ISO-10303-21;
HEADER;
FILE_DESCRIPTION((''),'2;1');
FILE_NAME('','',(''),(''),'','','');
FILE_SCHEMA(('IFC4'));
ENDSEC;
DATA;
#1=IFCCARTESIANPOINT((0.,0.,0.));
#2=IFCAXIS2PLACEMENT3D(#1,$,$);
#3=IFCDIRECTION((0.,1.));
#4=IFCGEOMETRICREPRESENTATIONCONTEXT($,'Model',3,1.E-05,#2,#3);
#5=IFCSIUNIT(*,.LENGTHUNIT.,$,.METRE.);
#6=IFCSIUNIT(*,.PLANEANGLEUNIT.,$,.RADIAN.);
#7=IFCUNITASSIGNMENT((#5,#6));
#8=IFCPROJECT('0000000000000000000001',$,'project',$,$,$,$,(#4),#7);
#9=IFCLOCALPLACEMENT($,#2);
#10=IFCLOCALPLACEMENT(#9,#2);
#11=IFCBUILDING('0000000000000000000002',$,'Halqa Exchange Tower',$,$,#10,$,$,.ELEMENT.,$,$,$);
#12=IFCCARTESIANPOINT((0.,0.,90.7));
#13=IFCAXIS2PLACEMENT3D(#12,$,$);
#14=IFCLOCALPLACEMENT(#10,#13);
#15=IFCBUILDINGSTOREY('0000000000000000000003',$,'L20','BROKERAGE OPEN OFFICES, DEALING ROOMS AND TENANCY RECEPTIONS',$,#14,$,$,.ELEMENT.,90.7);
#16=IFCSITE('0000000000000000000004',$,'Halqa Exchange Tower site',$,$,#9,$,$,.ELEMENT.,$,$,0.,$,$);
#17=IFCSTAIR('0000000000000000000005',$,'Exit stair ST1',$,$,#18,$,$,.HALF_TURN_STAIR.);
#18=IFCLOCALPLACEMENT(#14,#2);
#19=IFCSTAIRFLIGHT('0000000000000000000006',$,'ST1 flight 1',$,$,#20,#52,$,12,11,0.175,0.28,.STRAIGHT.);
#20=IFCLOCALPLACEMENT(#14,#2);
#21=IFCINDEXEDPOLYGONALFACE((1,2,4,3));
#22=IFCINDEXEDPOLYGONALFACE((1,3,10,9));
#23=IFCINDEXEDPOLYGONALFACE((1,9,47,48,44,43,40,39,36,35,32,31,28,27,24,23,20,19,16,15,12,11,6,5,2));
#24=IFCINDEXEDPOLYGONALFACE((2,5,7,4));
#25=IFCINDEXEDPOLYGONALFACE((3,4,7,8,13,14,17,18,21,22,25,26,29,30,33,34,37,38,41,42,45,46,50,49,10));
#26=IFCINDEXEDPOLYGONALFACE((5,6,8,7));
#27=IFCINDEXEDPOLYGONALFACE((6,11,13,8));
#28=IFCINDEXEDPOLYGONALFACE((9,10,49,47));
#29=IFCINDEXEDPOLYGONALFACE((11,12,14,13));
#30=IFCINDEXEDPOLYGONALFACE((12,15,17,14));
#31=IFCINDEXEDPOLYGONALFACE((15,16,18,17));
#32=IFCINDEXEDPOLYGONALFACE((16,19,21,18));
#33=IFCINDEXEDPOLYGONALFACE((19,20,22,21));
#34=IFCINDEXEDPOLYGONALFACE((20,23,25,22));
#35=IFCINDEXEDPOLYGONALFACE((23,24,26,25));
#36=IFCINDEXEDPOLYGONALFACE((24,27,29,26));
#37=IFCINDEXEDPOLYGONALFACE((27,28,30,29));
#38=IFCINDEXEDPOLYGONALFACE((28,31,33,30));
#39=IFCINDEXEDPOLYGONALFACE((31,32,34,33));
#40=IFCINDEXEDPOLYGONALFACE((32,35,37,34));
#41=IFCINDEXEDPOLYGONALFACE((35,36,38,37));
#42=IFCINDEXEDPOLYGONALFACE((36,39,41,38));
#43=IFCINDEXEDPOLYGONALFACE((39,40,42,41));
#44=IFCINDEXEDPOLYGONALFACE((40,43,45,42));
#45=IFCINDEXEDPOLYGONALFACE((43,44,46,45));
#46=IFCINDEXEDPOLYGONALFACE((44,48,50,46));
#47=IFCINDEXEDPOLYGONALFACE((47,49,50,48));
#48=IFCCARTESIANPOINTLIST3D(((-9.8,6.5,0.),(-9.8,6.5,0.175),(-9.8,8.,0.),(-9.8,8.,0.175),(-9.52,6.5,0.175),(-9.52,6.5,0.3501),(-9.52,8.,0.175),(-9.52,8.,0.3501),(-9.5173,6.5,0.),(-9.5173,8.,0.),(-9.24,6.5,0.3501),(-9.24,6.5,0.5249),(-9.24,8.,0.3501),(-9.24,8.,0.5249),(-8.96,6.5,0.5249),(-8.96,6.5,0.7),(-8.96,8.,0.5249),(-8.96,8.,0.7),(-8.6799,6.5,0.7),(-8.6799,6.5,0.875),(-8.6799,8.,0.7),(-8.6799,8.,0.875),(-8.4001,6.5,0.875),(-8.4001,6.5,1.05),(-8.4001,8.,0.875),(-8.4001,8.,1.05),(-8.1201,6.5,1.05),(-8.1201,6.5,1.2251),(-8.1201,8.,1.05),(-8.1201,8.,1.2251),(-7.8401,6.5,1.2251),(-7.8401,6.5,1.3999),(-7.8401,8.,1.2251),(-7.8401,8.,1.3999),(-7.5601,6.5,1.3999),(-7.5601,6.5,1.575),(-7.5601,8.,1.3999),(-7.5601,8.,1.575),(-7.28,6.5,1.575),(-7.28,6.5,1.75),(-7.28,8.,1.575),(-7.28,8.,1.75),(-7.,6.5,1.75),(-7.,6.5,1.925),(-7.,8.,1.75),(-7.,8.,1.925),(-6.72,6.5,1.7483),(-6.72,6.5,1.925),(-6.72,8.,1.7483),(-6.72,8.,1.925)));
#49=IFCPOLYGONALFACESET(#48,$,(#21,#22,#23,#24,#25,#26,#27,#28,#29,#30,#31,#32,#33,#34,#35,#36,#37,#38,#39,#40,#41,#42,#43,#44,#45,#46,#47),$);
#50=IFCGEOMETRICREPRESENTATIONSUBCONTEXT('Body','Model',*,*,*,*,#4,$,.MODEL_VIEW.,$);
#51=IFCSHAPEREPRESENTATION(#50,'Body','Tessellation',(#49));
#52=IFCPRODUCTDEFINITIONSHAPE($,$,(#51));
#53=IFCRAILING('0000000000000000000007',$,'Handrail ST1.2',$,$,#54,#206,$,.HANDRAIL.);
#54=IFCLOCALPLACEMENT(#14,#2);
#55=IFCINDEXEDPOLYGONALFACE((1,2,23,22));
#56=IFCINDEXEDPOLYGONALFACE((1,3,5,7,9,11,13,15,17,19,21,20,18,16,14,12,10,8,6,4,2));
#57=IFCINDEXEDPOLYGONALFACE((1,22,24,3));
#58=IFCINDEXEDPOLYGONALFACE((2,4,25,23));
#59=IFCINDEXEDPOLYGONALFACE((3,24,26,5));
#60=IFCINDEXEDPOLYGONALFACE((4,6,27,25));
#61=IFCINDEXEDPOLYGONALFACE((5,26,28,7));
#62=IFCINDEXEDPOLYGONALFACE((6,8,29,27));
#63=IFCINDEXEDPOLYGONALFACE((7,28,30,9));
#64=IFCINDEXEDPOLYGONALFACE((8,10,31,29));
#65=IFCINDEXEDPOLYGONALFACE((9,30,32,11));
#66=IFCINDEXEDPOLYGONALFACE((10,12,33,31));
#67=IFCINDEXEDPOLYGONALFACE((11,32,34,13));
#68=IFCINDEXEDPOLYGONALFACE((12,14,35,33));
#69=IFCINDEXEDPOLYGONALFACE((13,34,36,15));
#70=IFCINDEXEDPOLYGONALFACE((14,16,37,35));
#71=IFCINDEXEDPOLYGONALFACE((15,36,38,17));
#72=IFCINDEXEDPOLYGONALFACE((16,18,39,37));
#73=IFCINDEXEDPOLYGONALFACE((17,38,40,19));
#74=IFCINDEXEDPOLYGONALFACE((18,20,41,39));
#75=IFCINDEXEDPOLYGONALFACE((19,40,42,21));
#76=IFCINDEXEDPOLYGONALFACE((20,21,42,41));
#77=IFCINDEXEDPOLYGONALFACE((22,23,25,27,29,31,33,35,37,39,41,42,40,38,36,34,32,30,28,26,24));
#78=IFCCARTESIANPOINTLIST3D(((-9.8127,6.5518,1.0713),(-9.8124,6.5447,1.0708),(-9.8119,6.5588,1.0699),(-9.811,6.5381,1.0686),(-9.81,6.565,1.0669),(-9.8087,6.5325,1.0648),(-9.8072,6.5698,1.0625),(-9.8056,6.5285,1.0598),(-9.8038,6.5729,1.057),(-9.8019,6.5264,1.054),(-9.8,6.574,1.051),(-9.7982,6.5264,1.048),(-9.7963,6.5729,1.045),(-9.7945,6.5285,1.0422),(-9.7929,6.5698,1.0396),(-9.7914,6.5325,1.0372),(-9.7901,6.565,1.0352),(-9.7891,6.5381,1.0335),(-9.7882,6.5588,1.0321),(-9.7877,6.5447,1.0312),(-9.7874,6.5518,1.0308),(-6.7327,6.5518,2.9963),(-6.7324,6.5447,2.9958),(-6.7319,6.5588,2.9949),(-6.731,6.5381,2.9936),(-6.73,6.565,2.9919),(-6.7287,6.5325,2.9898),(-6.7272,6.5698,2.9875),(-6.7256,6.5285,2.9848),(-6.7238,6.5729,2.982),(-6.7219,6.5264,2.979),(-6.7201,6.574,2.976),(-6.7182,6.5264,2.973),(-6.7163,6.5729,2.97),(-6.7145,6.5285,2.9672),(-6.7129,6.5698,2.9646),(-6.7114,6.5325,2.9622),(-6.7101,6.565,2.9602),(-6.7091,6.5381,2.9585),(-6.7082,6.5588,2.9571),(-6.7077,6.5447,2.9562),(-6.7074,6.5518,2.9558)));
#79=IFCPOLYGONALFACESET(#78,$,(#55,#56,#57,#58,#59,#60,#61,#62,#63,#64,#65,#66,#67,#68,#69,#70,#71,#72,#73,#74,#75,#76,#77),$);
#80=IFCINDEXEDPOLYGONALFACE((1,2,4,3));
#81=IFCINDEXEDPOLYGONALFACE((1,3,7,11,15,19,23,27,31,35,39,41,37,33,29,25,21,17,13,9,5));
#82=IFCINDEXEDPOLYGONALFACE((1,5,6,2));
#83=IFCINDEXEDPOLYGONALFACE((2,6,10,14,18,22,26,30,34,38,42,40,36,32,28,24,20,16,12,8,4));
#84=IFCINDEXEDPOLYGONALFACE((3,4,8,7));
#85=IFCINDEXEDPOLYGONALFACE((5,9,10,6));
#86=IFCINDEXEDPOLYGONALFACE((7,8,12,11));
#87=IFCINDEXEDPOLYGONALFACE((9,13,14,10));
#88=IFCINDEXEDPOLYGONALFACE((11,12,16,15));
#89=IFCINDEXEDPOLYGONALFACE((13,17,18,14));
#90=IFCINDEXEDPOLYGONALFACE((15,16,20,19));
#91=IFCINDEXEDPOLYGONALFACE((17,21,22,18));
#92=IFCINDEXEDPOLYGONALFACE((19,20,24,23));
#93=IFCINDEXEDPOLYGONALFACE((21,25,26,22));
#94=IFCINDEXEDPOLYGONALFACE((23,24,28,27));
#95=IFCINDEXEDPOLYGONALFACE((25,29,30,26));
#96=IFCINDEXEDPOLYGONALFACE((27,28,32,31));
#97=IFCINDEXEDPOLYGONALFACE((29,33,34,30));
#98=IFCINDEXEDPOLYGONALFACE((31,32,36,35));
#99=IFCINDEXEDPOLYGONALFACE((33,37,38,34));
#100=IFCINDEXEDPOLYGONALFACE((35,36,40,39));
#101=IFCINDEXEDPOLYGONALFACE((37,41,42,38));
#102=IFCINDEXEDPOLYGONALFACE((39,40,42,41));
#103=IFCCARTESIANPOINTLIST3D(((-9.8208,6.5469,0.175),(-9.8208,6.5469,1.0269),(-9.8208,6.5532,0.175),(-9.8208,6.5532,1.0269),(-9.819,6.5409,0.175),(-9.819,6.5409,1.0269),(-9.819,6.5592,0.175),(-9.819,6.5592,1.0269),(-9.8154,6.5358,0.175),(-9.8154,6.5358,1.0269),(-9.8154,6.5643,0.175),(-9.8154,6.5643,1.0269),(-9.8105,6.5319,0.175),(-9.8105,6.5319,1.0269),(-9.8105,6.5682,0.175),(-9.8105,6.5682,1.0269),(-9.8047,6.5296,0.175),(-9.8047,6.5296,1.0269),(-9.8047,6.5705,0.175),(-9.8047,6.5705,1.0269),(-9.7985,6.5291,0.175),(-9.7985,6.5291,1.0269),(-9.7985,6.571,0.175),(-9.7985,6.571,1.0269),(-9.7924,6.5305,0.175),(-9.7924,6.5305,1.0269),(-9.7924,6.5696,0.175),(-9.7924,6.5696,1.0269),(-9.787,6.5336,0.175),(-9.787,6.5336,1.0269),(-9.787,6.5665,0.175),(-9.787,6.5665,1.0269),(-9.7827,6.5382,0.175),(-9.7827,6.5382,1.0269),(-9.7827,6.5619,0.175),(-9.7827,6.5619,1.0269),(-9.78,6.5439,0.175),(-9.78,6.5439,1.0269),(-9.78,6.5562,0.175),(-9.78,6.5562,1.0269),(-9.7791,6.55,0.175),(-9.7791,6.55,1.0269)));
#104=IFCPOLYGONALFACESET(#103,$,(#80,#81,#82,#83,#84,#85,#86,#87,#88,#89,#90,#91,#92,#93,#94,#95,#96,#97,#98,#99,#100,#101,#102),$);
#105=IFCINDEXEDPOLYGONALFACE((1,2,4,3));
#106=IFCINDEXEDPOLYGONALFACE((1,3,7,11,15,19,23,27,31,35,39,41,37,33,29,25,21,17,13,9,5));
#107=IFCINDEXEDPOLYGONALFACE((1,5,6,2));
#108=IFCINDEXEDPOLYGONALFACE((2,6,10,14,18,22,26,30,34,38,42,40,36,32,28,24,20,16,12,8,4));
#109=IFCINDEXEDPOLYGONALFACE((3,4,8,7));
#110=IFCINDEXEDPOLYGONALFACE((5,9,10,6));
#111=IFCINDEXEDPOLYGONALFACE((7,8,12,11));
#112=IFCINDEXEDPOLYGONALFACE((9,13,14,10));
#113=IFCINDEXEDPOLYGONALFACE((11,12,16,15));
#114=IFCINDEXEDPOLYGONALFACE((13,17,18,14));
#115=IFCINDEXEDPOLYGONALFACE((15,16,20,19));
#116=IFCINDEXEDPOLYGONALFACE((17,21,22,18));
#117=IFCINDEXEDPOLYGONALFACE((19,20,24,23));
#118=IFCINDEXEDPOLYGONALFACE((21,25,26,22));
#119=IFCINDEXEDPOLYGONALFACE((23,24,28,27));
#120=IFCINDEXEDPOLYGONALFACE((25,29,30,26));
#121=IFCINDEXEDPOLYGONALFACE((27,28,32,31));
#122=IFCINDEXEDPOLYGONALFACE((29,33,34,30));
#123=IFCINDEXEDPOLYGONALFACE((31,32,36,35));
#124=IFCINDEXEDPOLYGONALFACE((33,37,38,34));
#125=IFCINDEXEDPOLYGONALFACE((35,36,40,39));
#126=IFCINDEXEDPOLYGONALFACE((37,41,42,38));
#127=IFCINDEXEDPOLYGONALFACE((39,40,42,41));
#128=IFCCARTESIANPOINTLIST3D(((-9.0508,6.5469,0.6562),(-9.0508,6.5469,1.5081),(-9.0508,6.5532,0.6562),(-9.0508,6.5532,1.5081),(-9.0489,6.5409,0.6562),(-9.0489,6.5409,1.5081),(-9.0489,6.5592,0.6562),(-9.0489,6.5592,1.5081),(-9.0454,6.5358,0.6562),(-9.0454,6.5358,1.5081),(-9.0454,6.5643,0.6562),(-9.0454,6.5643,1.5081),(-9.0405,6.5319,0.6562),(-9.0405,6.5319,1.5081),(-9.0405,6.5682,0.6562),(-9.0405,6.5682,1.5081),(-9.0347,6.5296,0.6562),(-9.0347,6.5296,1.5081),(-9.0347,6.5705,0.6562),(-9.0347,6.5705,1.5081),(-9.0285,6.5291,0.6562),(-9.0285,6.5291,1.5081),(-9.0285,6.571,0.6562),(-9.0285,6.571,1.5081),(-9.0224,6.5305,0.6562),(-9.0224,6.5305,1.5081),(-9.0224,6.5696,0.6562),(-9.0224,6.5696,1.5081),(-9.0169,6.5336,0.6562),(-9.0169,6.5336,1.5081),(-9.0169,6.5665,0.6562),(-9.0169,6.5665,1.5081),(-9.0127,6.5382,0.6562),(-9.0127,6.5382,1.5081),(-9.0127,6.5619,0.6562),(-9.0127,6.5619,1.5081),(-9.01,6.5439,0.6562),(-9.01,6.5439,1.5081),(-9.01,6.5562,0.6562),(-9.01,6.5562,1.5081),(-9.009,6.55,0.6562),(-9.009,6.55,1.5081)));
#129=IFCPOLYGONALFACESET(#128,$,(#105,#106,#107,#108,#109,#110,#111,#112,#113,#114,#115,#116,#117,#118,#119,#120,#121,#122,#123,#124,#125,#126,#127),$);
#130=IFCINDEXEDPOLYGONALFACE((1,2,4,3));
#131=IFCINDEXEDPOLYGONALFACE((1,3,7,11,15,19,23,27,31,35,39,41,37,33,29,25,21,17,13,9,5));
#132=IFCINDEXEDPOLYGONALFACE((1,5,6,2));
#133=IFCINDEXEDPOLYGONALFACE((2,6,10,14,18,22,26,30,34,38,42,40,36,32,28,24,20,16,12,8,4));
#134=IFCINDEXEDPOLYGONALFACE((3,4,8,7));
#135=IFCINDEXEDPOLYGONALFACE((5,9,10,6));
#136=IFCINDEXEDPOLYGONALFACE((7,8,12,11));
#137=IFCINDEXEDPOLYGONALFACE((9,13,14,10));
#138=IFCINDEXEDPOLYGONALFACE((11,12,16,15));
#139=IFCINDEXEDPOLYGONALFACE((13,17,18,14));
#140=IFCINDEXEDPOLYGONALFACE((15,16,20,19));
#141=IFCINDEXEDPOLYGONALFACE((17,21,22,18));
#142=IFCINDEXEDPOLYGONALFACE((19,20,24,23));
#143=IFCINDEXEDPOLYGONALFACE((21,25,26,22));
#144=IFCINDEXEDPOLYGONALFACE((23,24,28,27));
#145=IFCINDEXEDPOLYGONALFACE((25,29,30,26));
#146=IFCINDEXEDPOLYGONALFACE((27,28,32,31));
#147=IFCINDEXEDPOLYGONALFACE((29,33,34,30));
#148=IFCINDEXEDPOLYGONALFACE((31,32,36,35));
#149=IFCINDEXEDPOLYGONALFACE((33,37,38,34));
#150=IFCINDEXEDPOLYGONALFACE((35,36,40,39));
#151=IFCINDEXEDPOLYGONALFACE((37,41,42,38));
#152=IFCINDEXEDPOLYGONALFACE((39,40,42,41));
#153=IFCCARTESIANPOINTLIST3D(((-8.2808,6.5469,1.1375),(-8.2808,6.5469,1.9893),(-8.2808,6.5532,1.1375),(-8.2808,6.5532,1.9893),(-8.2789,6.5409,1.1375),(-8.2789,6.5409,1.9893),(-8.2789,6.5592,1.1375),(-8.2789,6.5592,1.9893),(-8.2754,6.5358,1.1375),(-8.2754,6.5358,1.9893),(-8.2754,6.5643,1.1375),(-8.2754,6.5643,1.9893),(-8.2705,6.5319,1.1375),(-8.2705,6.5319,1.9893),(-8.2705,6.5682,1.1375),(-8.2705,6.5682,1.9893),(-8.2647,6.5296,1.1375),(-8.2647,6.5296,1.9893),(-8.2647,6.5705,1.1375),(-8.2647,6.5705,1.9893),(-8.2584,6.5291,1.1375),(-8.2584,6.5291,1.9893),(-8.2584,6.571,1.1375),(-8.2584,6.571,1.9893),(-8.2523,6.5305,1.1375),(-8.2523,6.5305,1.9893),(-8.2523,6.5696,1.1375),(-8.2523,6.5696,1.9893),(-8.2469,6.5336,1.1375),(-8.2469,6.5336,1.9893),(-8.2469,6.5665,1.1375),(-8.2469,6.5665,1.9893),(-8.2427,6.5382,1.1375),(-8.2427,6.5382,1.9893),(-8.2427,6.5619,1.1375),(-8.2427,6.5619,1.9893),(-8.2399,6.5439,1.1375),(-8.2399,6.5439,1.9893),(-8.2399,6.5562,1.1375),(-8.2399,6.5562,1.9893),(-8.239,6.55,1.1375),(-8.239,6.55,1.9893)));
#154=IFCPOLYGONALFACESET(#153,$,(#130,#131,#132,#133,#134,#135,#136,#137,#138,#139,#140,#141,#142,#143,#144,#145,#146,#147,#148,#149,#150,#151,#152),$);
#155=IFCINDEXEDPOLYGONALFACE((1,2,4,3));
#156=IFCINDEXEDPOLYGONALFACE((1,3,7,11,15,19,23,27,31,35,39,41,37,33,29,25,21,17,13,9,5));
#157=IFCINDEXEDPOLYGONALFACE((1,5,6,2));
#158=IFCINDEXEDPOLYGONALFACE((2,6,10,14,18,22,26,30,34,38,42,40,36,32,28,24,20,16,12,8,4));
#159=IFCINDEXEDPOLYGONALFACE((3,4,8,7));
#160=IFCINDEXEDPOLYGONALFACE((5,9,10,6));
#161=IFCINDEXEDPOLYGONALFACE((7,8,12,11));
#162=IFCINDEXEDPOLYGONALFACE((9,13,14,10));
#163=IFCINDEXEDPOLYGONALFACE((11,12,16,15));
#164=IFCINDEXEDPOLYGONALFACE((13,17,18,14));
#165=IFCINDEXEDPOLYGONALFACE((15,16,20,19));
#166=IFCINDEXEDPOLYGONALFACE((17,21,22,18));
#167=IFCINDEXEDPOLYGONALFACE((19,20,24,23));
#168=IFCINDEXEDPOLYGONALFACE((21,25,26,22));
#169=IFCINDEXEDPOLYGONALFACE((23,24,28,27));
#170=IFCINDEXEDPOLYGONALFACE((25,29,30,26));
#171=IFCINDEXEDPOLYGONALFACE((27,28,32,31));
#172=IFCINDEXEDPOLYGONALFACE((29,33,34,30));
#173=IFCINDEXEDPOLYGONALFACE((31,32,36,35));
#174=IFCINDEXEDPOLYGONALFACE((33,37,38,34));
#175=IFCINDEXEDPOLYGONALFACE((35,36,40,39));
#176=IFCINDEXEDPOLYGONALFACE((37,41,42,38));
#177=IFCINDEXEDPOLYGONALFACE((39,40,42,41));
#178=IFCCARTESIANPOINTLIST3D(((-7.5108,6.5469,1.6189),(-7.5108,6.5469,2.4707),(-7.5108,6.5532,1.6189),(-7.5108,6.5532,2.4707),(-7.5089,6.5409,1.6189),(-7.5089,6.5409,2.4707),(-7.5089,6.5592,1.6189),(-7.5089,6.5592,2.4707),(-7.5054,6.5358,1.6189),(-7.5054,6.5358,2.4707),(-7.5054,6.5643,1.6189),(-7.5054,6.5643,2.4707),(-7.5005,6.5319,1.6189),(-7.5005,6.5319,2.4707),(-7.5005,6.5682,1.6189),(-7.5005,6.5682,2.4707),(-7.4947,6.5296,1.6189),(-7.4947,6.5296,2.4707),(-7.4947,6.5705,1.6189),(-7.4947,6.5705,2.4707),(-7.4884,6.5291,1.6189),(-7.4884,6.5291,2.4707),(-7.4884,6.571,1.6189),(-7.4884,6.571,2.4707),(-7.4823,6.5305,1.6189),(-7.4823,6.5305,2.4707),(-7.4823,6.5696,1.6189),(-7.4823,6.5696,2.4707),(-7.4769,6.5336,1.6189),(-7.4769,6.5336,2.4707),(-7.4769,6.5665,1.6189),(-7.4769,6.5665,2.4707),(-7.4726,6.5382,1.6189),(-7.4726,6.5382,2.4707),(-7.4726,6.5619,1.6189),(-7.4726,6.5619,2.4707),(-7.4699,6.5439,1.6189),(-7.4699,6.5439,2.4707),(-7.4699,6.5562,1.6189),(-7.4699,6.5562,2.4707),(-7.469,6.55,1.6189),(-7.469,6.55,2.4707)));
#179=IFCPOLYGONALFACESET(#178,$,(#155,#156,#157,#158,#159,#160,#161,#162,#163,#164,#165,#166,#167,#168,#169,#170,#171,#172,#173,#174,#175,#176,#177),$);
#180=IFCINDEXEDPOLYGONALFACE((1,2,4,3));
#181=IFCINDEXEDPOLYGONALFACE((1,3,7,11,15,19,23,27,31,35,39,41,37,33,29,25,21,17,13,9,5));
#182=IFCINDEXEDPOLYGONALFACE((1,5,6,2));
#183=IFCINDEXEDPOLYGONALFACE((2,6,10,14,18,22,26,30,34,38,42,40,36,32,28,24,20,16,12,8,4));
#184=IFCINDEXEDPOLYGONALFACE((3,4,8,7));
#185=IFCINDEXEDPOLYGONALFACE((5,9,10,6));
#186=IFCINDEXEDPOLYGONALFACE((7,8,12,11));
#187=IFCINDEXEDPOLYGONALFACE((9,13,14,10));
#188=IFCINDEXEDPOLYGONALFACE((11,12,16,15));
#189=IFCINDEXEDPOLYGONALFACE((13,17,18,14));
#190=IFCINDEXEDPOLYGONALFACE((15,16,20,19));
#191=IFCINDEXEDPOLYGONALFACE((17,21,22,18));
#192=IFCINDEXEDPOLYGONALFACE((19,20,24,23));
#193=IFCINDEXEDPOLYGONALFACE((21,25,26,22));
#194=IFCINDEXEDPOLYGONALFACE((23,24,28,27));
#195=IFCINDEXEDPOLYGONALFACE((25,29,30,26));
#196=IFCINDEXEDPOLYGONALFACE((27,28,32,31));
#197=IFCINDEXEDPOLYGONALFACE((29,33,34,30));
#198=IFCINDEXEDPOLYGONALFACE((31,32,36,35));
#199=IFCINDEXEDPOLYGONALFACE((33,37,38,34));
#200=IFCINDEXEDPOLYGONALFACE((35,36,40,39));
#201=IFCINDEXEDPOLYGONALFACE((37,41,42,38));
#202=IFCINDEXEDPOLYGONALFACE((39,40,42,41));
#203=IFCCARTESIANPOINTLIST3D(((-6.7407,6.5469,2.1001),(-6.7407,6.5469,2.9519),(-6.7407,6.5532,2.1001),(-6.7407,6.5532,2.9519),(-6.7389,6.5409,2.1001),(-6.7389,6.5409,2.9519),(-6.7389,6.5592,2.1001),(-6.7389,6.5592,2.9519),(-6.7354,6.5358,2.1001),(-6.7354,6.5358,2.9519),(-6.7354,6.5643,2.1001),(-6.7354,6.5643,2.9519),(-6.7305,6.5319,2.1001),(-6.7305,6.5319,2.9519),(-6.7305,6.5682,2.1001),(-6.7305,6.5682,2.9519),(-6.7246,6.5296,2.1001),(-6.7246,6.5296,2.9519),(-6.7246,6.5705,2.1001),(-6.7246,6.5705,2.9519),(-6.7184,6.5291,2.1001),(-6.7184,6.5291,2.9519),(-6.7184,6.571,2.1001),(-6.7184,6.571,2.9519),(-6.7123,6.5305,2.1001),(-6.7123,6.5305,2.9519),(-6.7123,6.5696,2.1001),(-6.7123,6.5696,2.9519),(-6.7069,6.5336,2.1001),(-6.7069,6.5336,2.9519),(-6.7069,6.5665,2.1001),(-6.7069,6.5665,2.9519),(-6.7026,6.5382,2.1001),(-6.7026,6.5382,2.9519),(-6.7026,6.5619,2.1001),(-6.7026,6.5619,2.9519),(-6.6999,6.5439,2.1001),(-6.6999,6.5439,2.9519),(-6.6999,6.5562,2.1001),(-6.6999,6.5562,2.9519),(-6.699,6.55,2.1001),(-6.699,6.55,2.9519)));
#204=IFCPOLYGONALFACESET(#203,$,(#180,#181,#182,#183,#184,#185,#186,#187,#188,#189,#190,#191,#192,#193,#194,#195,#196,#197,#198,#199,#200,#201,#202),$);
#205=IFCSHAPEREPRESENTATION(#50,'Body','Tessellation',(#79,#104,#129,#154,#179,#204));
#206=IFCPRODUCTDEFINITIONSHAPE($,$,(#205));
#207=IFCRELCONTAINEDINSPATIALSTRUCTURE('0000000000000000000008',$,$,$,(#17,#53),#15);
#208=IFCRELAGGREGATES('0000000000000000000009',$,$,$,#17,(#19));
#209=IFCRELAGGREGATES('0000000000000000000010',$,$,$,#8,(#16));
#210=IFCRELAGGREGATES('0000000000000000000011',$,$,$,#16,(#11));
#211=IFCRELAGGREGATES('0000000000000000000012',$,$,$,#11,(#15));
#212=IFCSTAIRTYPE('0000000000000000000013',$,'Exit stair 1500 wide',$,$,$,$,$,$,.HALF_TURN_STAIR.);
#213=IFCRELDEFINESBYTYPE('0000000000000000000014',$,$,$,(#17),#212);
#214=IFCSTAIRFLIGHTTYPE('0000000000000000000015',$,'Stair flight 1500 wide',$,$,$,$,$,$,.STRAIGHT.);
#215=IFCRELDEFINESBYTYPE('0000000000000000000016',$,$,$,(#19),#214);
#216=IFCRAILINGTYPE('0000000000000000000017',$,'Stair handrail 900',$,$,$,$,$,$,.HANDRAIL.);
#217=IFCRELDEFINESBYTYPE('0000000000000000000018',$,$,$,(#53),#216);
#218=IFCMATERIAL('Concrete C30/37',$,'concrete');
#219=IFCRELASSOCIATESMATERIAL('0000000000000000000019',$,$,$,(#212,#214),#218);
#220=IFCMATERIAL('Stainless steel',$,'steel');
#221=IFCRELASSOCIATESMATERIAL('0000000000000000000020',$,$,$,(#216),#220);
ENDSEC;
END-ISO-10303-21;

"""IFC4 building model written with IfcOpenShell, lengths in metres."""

from ifc_helpers import new_model, si_unit, direction, frame, origin, origin_2d, place, context, subcontext, project, spatial, polyline, circle, outline, extrude, material, type_object, element, aggregate, save


model = new_model("IFC4")

# Units and contexts
model_context = context("Model", 3, precision=1e-05, world=origin(), true_north=direction((0.0, 1.0)))
body_context = subcontext(model_context, "Body", "Model", "MODEL_VIEW")
ifc_project = project(units=[si_unit("LENGTHUNIT", "METRE"), si_unit("PLANEANGLEUNIT", "RADIAN")], contexts=[model_context])

# Site, building, storey
site_placement = place(None, origin())
site = spatial("IfcSite", under=ifc_project, at=site_placement, Name="Halqa Exchange Tower site", CompositionType="ELEMENT", RefElevation=0.0)
building_placement = place(site_placement, origin())
building = spatial("IfcBuilding", under=site, at=building_placement, Name="Halqa Exchange Tower", CompositionType="ELEMENT")
storey_placement = place(building_placement, frame((0.0, 0.0, 90.7)))
storey = spatial("IfcBuildingStorey", under=building, at=storey_placement, Name="L20", Description="BROKERAGE OPEN OFFICES, DEALING ROOMS AND TENANCY RECEPTIONS", CompositionType="ELEMENT", Elevation=90.7)

# Shared definitions
ifc_material_1 = material(Name="Stainless steel", Category="steel")

# Shared definitions
ifc_material_2 = material(Name="Concrete C30/37", Category="concrete")

# Stair, stair flight
stair_type = type_object("IfcStairType", Name="Exit stair 1500 wide", PredefinedType="HALF_TURN_STAIR", material=ifc_material_2)
stair_placement = place(storey_placement, origin())
stair = element("IfcStair", 1, at=stair_placement, inside=storey, type_object=stair_type, Name="Exit stair ST1", PredefinedType="HALF_TURN_STAIR")
stair_flight_type = type_object("IfcStairFlightType", Name="Stair flight 1500 wide", PredefinedType="STRAIGHT", material=ifc_material_2)
stair_flight_placement = place(storey_placement, frame((-9.8, 7.25, 0.0), z_axis=(0.0, 0.0, 1.0), x_axis=(1.0, 0.0, 0.0)))
stair_flight = element("IfcStairFlight", 2, at=stair_flight_placement, type_object=stair_flight_type, Name="ST1 flight 1", NumberOfRisers=12, NumberOfTreads=11, PredefinedType="STRAIGHT", RiserHeight=0.175, TreadLength=0.28, context=body_context, shape_type="SweptSolid", body=[
    extrude(outline(polyline([(0.0, 0.0), (0.0, 0.175), (0.28, 0.175), (0.28, 0.3501), (0.5601, 0.3501), (0.5601, 0.5249), (0.8401, 0.5249), (0.8401, 0.7), (1.1201, 0.7), (1.1201, 0.875), (1.3999, 0.875), (1.3999, 1.05), (1.6799, 1.05), (1.6799, 1.2251), (1.96, 1.2251), (1.96, 1.3999), (2.24, 1.3999), (2.24, 1.575), (2.52, 1.575), (2.52, 1.75), (2.8, 1.75), (2.8, 1.925), (3.0801, 1.925), (3.0801, 2.1001), (3.0801, 1.7483), (0.2827, 0.0), (0.0, 0.0)])), frame((0.0, 0.75, 0.0), z_axis=(0.0, -1.0, 0.0), x_axis=(1.0, 0.0, 0.0)), (0.0, 0.0, 1.0), 1.5),
])
aggregate(stair, [stair_flight])

# Railing
railing_type_1 = type_object("IfcRailingType", Name="Stair handrail 900", PredefinedType="HANDRAIL", material=ifc_material_1)
railing_1_placement = place(storey_placement, frame((-9.8, 6.55, 0.175)))
element("IfcRailing", 3, at=railing_1_placement, inside=storey, type_object=railing_type_1, Name="Handrail ST1.2", PredefinedType="HANDRAIL", context=body_context, shape_type="SweptSolid", body=[
    extrude(circle(Radius=0.0239, at=origin_2d()), frame((0.0, 0.0, 0.876), z_axis=(0.847998, 0.0, 0.529999), x_axis=(0.0, 1.0, 0.0)), (0.0, 0.0, 1.0), 3.6321),
    extrude(circle(Radius=0.021, at=origin_2d()), origin(), (0.0, 0.0, 1.0), 0.8518),
    extrude(circle(Radius=0.021, at=origin_2d()), frame((0.77, 0.0, 0.4812)), (0.0, 0.0, 1.0), 0.8518),
    extrude(circle(Radius=0.021, at=origin_2d()), frame((1.54, 0.0, 0.9624)), (0.0, 0.0, 1.0), 0.8518),
    extrude(circle(Radius=0.021, at=origin_2d()), frame((2.3101, 0.0, 1.4438)), (0.0, 0.0, 1.0), 0.8518),
    extrude(circle(Radius=0.021, at=origin_2d()), frame((3.0801, 0.0, 1.925)), (0.0, 0.0, 1.0), 0.8518),
])

save(model, "model.ifc")
